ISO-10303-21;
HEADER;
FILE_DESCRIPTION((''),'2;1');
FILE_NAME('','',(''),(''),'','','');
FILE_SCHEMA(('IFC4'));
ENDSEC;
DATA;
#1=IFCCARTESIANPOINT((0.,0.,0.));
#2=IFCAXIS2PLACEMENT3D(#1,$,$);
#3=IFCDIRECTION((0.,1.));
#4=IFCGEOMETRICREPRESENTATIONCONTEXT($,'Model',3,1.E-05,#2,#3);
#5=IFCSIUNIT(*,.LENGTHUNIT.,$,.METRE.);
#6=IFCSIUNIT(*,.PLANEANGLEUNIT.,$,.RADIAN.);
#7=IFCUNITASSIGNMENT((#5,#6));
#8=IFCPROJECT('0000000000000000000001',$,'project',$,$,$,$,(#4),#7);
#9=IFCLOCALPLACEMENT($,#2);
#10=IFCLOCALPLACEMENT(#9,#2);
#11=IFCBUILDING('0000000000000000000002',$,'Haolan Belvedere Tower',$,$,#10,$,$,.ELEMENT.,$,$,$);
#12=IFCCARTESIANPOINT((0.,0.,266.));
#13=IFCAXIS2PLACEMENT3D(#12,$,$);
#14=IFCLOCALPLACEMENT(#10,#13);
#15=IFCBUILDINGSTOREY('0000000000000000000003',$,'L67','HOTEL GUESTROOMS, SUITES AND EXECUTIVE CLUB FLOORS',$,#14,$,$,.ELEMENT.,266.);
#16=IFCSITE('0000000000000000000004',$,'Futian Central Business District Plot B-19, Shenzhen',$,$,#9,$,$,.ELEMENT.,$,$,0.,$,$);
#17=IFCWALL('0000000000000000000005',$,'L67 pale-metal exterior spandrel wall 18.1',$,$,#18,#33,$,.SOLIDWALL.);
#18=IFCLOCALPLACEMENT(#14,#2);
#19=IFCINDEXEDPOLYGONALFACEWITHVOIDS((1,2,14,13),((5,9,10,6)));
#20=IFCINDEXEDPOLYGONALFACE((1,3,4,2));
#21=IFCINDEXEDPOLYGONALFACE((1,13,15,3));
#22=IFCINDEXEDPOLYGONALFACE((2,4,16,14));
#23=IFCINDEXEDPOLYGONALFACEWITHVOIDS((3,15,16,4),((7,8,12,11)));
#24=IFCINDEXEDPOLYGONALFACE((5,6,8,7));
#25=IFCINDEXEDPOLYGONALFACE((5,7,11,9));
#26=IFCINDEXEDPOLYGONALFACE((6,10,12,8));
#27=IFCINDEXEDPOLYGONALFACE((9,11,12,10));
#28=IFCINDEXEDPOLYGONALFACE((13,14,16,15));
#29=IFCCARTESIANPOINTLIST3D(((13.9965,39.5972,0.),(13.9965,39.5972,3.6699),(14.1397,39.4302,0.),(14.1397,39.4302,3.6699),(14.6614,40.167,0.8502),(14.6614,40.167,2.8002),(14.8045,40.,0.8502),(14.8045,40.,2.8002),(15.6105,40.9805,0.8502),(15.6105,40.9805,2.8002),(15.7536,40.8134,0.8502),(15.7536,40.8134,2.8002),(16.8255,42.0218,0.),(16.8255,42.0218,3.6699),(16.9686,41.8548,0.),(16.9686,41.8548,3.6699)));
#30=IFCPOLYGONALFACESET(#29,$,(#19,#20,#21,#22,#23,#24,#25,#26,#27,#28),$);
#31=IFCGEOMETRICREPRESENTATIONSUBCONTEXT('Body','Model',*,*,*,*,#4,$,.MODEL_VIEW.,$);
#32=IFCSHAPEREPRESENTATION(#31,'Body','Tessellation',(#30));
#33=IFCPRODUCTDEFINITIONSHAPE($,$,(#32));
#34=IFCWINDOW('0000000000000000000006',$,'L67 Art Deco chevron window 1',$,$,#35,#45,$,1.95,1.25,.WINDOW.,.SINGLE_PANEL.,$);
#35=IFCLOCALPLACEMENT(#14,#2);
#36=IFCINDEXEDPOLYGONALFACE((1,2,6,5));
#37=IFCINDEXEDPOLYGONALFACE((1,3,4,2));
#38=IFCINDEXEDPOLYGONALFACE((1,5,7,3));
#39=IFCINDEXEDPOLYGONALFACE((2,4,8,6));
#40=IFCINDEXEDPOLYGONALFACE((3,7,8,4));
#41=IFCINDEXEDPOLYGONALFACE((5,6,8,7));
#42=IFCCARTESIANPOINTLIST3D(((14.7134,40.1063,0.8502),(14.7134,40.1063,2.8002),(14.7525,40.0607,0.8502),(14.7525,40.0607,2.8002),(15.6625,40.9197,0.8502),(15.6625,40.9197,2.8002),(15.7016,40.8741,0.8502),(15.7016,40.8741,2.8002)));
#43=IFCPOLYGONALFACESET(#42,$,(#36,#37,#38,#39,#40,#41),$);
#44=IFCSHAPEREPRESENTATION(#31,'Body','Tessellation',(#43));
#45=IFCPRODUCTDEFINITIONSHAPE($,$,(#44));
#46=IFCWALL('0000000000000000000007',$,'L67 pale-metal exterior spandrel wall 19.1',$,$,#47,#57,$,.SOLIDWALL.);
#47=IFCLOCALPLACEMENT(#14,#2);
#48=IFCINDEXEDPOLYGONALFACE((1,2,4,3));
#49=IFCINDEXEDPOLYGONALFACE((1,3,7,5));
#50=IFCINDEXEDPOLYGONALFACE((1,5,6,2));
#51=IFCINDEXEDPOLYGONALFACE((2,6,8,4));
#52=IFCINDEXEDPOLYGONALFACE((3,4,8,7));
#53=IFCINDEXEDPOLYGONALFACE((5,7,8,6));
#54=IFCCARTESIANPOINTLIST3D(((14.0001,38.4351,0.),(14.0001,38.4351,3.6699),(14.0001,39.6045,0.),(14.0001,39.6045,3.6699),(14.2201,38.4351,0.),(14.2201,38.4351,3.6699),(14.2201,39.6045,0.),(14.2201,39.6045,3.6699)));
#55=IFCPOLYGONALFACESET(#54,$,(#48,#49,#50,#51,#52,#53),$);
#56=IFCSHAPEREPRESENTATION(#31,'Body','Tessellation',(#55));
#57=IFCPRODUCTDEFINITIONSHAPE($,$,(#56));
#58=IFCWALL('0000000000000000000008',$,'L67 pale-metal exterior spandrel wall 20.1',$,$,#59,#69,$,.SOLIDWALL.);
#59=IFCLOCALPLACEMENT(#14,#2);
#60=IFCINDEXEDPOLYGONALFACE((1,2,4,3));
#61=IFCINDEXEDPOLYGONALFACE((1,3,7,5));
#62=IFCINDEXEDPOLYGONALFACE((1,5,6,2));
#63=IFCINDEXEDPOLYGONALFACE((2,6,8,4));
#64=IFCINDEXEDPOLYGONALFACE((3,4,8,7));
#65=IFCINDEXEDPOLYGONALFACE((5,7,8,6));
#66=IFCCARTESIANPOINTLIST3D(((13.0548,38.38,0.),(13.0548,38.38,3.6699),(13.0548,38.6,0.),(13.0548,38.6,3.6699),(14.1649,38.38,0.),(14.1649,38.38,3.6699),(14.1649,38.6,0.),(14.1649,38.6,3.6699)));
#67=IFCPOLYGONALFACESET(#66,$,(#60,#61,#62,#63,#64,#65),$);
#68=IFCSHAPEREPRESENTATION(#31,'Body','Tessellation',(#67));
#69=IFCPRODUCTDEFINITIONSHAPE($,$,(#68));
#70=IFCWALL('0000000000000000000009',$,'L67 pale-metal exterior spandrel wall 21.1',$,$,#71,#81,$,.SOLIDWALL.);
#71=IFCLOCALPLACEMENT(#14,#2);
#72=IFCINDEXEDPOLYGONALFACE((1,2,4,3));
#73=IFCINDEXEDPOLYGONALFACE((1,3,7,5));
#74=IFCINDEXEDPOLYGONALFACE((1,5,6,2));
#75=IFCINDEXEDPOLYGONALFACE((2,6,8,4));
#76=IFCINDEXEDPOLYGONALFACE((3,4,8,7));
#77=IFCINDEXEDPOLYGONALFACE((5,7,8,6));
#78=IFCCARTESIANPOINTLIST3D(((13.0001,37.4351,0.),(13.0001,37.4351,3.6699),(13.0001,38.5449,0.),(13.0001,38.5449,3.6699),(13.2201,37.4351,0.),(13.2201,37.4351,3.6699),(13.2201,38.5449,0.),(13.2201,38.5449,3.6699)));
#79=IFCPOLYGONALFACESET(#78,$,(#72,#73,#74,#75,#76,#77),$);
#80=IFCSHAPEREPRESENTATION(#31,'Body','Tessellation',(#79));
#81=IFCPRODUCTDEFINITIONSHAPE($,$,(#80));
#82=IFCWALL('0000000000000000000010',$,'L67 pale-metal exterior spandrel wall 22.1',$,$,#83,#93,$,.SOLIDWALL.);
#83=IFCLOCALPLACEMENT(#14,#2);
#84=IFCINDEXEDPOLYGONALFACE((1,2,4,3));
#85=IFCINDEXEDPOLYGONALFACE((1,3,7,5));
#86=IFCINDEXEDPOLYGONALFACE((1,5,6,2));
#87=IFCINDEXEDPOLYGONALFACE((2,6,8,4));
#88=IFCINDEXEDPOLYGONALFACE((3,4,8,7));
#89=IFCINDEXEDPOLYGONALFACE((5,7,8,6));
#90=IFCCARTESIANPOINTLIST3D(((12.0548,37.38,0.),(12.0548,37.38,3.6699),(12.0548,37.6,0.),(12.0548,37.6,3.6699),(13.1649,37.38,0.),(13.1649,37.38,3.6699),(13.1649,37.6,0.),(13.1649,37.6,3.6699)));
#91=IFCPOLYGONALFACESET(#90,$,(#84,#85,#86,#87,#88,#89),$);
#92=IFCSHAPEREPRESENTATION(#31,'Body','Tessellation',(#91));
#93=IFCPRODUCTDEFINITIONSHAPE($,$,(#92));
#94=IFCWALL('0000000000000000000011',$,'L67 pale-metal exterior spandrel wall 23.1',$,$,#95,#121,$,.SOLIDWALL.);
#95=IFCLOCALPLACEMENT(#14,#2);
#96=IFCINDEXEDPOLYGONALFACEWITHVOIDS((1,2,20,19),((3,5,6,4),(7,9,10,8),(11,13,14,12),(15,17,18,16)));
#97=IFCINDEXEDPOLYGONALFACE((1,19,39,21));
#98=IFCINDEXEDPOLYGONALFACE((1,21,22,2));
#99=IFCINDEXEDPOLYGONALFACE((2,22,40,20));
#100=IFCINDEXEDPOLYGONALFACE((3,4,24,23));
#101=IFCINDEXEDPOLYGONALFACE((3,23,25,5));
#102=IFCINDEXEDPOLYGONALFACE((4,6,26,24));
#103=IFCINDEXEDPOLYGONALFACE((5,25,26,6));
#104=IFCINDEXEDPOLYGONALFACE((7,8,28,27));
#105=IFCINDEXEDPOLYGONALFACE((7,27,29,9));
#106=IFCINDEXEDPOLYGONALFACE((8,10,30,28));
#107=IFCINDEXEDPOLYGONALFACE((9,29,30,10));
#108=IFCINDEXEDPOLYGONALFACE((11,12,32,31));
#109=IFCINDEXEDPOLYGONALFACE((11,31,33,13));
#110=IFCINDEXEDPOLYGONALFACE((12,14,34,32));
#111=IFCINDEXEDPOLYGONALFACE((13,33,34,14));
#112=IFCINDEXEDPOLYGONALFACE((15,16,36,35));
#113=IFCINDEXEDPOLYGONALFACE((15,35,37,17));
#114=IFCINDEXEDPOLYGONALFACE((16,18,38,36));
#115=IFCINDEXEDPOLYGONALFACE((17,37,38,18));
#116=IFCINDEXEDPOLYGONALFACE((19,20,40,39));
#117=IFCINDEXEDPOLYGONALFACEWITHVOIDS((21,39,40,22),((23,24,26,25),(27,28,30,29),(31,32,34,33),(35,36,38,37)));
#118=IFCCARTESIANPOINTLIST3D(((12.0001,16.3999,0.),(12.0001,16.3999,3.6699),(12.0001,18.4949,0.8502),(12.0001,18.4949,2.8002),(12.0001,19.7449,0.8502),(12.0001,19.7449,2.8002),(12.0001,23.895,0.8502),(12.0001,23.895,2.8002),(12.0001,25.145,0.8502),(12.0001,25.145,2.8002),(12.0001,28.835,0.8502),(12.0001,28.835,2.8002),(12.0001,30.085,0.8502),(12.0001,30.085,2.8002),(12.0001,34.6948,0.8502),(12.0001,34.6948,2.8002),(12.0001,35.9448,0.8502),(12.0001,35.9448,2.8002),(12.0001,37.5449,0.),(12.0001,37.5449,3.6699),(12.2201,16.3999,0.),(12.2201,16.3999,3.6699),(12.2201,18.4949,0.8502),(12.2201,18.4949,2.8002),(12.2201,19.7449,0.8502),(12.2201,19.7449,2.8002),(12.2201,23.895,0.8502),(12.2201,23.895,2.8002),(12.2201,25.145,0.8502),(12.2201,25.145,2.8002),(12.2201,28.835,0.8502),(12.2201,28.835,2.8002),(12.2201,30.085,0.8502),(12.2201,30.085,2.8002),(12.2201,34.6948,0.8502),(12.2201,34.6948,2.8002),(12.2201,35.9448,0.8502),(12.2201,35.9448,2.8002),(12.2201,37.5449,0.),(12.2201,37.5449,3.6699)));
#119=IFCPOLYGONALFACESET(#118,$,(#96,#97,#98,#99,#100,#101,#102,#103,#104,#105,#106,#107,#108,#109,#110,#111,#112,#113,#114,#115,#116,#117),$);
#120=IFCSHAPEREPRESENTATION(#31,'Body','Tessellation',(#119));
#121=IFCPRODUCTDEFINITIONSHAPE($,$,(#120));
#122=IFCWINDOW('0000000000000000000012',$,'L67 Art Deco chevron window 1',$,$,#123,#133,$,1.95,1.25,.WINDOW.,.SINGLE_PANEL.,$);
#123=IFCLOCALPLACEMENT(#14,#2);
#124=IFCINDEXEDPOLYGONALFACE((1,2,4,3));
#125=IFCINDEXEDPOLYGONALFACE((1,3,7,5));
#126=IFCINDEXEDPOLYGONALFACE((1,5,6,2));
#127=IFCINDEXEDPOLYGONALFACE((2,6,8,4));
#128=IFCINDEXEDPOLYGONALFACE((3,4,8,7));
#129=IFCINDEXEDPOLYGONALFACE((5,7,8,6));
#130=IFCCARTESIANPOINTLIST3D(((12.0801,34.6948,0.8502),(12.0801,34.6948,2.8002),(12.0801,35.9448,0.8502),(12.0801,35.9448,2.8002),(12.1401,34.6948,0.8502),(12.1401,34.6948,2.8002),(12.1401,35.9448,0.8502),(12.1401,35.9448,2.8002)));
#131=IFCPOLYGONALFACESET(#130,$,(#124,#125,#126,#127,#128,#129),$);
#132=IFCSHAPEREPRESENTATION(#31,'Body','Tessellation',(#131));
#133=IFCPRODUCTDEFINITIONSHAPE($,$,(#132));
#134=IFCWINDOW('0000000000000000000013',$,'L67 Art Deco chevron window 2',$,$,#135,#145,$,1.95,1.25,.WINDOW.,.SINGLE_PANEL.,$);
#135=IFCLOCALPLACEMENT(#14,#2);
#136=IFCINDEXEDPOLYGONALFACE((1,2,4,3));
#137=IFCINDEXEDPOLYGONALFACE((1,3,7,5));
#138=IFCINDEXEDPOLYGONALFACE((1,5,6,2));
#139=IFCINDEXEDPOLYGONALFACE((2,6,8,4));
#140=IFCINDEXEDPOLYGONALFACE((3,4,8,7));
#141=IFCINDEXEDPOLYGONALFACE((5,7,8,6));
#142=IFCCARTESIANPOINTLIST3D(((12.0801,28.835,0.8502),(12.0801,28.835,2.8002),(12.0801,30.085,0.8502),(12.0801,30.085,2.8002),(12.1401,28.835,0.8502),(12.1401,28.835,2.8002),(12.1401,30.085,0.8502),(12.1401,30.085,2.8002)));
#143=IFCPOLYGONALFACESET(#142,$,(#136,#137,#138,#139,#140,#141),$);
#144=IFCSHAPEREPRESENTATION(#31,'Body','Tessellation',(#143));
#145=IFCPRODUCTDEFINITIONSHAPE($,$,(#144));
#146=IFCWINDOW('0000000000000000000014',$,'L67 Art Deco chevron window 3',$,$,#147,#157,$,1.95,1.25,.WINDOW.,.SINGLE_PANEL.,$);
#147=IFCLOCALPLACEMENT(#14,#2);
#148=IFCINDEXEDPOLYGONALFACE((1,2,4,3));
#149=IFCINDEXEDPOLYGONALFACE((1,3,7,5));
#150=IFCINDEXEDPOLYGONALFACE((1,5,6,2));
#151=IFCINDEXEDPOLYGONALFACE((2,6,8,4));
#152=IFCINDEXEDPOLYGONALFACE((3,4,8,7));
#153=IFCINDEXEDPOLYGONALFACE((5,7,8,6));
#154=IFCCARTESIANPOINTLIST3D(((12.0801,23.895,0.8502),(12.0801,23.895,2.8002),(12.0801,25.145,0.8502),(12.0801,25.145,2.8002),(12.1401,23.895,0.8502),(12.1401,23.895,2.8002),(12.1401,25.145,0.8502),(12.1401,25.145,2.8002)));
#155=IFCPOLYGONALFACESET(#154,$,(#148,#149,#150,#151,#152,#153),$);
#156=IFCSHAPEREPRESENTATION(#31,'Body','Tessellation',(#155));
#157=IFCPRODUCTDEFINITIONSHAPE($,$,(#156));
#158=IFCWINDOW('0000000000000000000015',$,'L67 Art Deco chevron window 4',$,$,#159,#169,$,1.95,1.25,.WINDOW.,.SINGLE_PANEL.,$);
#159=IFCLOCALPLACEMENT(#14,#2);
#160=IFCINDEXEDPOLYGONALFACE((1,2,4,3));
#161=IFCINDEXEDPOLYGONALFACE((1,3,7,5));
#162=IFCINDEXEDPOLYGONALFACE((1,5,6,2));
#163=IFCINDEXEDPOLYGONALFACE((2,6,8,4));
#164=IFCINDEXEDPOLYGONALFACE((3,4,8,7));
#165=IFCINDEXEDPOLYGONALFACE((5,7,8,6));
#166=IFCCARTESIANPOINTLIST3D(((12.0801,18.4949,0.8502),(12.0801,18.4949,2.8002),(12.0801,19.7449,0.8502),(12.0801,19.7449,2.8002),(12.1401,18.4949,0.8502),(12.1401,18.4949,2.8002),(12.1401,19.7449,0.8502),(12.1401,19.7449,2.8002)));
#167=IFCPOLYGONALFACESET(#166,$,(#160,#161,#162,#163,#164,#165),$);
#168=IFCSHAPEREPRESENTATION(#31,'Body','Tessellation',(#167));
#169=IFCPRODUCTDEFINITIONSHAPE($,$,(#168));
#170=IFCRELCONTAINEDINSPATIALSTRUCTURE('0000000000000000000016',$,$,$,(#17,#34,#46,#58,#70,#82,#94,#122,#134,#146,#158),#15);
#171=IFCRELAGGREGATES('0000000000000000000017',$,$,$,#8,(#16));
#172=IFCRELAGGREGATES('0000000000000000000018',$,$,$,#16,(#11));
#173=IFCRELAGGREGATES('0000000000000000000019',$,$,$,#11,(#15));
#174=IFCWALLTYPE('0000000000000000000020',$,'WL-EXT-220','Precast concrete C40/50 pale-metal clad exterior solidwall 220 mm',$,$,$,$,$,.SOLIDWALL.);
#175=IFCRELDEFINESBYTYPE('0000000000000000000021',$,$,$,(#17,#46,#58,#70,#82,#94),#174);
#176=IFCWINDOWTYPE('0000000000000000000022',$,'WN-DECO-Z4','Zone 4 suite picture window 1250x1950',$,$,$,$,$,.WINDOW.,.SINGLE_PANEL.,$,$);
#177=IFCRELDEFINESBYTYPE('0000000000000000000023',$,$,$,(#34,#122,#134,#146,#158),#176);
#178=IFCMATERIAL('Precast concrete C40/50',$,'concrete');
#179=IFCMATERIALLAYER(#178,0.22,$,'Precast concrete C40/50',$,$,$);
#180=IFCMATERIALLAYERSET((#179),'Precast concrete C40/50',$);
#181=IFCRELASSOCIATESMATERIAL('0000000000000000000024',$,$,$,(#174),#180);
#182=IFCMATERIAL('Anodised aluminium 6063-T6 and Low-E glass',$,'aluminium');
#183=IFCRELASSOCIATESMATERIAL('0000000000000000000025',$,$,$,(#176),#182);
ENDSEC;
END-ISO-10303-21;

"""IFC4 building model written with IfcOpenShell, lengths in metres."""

from ifc_helpers import new_model, si_unit, direction, frame, frame_2d, origin, place, context, subcontext, project, spatial, rectangle, extrude, material, layer, layer_set, type_object, element, fill, save


model = new_model("IFC4")

# Units and contexts
model_context = context("Model", 3, precision=1e-05, world=origin(), true_north=direction((0.0, 1.0)))
body_context = subcontext(model_context, "Body", "Model", "MODEL_VIEW")
ifc_project = project(units=[si_unit("LENGTHUNIT", "METRE"), si_unit("PLANEANGLEUNIT", "RADIAN")], contexts=[model_context])

# Site, building, storey
site_placement = place(None, origin())
site = spatial("IfcSite", under=ifc_project, at=site_placement, Name="Futian Central Business District Plot B-19, Shenzhen", CompositionType="ELEMENT", RefElevation=0.0)
building_placement = place(site_placement, origin())
building = spatial("IfcBuilding", under=site, at=building_placement, Name="Haolan Belvedere Tower", CompositionType="ELEMENT")
storey_placement = place(building_placement, frame((0.0, 0.0, 266.0)))
storey = spatial("IfcBuildingStorey", under=building, at=storey_placement, Name="L67", Description="HOTEL GUESTROOMS, SUITES AND EXECUTIVE CLUB FLOORS", CompositionType="ELEMENT", Elevation=266.0)

# Shared definitions
ifc_material_1 = material(Name="Precast concrete C40/50", Category="concrete")
ifc_layer_1 = layer(ifc_material_1, 0.22, Name="Precast concrete C40/50")
ifc_layer_set_1 = layer_set([ifc_layer_1], Name="Precast concrete C40/50")
wall_type_1 = type_object("IfcWallType", Name="WL-EXT-220", Description="Precast concrete C40/50 pale-metal clad exterior solidwall 220 mm", PredefinedType="SOLIDWALL", material=ifc_layer_set_1)

# Wall, opening, window
wall_1_placement = place(storey_placement, frame((16.897, 41.9382, 0.0), z_axis=(0.0, 0.0, 1.0), x_axis=(-0.75928, -0.650764, 0.0)))
wall_1 = element("IfcWall", 1, at=wall_1_placement, inside=storey, type_object=wall_type_1, Name="L67 pale-metal exterior spandrel wall 18.1", PredefinedType="SOLIDWALL", context=body_context, shape_type="SweptSolid", body=[
    extrude(rectangle(XDim=3.7258, YDim=0.22, at=frame_2d((1.8628, 0.0))), origin(), (0.0, 0.0, 1.0), 3.6699),
])
opening_1_placement = place(wall_1_placement, frame((1.6001, 0.0, 0.8501)))
opening_1 = element("IfcOpeningElement", 2, at=opening_1_placement, cuts=wall_1, PredefinedType="OPENING", context=body_context, shape_type="SweptSolid", body=[
    extrude(rectangle(XDim=1.25, YDim=1.95, at=frame_2d((0.625, 0.9751))), frame((0.0, 0.1199, 0.0), z_axis=(0.0, -1.0, 0.0), x_axis=(1.0, 0.0, 0.0)), (0.0, 0.0, 1.0), 0.24),
])
ifc_material_2 = material(Name="Anodised aluminium 6063-T6 and Low-E glass", Category="aluminium")
window_type = type_object("IfcWindowType", Name="WN-DECO-Z4", Description="Zone 4 suite picture window 1250x1950", PartitioningType="SINGLE_PANEL", PredefinedType="WINDOW", material=ifc_material_2)
window_1_placement = place(opening_1_placement, origin())
window_1 = element("IfcWindow", 3, at=window_1_placement, inside=storey, type_object=window_type, Name="L67 Art Deco chevron window 1", OverallHeight=1.95, OverallWidth=1.25, PartitioningType="SINGLE_PANEL", PredefinedType="WINDOW", context=body_context, shape_type="SweptSolid", body=[
    extrude(rectangle(XDim=1.25, YDim=1.95, at=frame_2d((0.625, 0.9751))), frame((0.0, 0.03, 0.0), z_axis=(0.0, -1.0, 0.0), x_axis=(1.0, 0.0, 0.0)), (0.0, 0.0, 1.0), 0.0601),
])
fill(opening_1, window_1)

# Walls
wall_2_placement = place(storey_placement, frame((14.1101, 39.6045, 0.0), z_axis=(0.0, 0.0, 1.0), x_axis=(0.0, -1.0, 0.0)))
element("IfcWall", 4, at=wall_2_placement, inside=storey, type_object=wall_type_1, Name="L67 pale-metal exterior spandrel wall 19.1", PredefinedType="SOLIDWALL", context=body_context, shape_type="SweptSolid", body=[
    extrude(rectangle(XDim=1.1694, YDim=0.22, at=frame_2d((0.5847, 0.0))), origin(), (0.0, 0.0, 1.0), 3.6699),
])
wall_3_placement = place(storey_placement, frame((14.165, 38.49, 0.0), z_axis=(0.0, 0.0, 1.0), x_axis=(-1.0, 0.0, 0.0)))
element("IfcWall", 5, at=wall_3_placement, inside=storey, type_object=wall_type_1, Name="L67 pale-metal exterior spandrel wall 20.1", PredefinedType="SOLIDWALL", context=body_context, shape_type="SweptSolid", body=[
    extrude(rectangle(XDim=1.1101, YDim=0.22, at=frame_2d((0.5552, 0.0))), origin(), (0.0, 0.0, 1.0), 3.6699),
])
wall_4_placement = place(storey_placement, frame((13.1101, 38.5449, 0.0), z_axis=(0.0, 0.0, 1.0), x_axis=(0.0, -1.0, 0.0)))
element("IfcWall", 6, at=wall_4_placement, inside=storey, type_object=wall_type_1, Name="L67 pale-metal exterior spandrel wall 21.1", PredefinedType="SOLIDWALL", context=body_context, shape_type="SweptSolid", body=[
    extrude(rectangle(XDim=1.1099, YDim=0.22, at=frame_2d((0.5549, 0.0))), origin(), (0.0, 0.0, 1.0), 3.6699),
])
wall_5_placement = place(storey_placement, frame((13.165, 37.49, 0.0), z_axis=(0.0, 0.0, 1.0), x_axis=(-1.0, 0.0, 0.0)))
element("IfcWall", 7, at=wall_5_placement, inside=storey, type_object=wall_type_1, Name="L67 pale-metal exterior spandrel wall 22.1", PredefinedType="SOLIDWALL", context=body_context, shape_type="SweptSolid", body=[
    extrude(rectangle(XDim=1.1101, YDim=0.22, at=frame_2d((0.5552, 0.0))), origin(), (0.0, 0.0, 1.0), 3.6699),
])

# Wall, openings, windows
wall_6_placement = place(storey_placement, frame((12.1101, 37.5449, 0.0), z_axis=(0.0, 0.0, 1.0), x_axis=(0.0, -1.0, 0.0)))
wall_6 = element("IfcWall", 8, at=wall_6_placement, inside=storey, type_object=wall_type_1, Name="L67 pale-metal exterior spandrel wall 23.1", PredefinedType="SOLIDWALL", context=body_context, shape_type="SweptSolid", body=[
    extrude(rectangle(XDim=21.145, YDim=0.22, at=frame_2d((10.5725, 0.0))), origin(), (0.0, 0.0, 1.0), 3.6699),
])
opening_2_placement = place(wall_6_placement, frame((1.6001, 0.0, 0.8501)))
opening_2 = element("IfcOpeningElement", 9, at=opening_2_placement, cuts=wall_6, PredefinedType="OPENING", context=body_context, shape_type="SweptSolid", body=[
    extrude(rectangle(XDim=1.25, YDim=1.95, at=frame_2d((0.625, 0.9751))), frame((0.0, 0.1199, 0.0), z_axis=(0.0, -1.0, 0.0), x_axis=(1.0, 0.0, 0.0)), (0.0, 0.0, 1.0), 0.24),
])
opening_3_placement = place(wall_6_placement, frame((7.46, 0.0, 0.8501)))
opening_3 = element("IfcOpeningElement", 10, at=opening_3_placement, cuts=wall_6, PredefinedType="OPENING", context=body_context, shape_type="SweptSolid", body=[
    extrude(rectangle(XDim=1.25, YDim=1.95, at=frame_2d((0.625, 0.9751))), frame((0.0, 0.1199, 0.0), z_axis=(0.0, -1.0, 0.0), x_axis=(1.0, 0.0, 0.0)), (0.0, 0.0, 1.0), 0.24),
])
opening_4_placement = place(wall_6_placement, frame((12.3999, 0.0, 0.8501)))
opening_4 = element("IfcOpeningElement", 11, at=opening_4_placement, cuts=wall_6, PredefinedType="OPENING", context=body_context, shape_type="SweptSolid", body=[
    extrude(rectangle(XDim=1.25, YDim=1.95, at=frame_2d((0.625, 0.9751))), frame((0.0, 0.1199, 0.0), z_axis=(0.0, -1.0, 0.0), x_axis=(1.0, 0.0, 0.0)), (0.0, 0.0, 1.0), 0.24),
])
opening_5_placement = place(wall_6_placement, frame((17.8, 0.0, 0.8501)))
opening_5 = element("IfcOpeningElement", 12, at=opening_5_placement, cuts=wall_6, PredefinedType="OPENING", context=body_context, shape_type="SweptSolid", body=[
    extrude(rectangle(XDim=1.25, YDim=1.95, at=frame_2d((0.625, 0.9751))), frame((0.0, 0.1199, 0.0), z_axis=(0.0, -1.0, 0.0), x_axis=(1.0, 0.0, 0.0)), (0.0, 0.0, 1.0), 0.24),
])
window_2_placement = place(opening_2_placement, origin())
window_2 = element("IfcWindow", 13, at=window_2_placement, inside=storey, type_object=window_type, Name="L67 Art Deco chevron window 1", OverallHeight=1.95, OverallWidth=1.25, PartitioningType="SINGLE_PANEL", PredefinedType="WINDOW", context=body_context, shape_type="SweptSolid", body=[
    extrude(rectangle(XDim=1.25, YDim=1.95, at=frame_2d((0.625, 0.9751))), frame((0.0, 0.03, 0.0), z_axis=(0.0, -1.0, 0.0), x_axis=(1.0, 0.0, 0.0)), (0.0, 0.0, 1.0), 0.0601),
])
fill(opening_2, window_2)
window_3_placement = place(opening_3_placement, origin())
window_3 = element("IfcWindow", 14, at=window_3_placement, inside=storey, type_object=window_type, Name="L67 Art Deco chevron window 2", OverallHeight=1.95, OverallWidth=1.25, PartitioningType="SINGLE_PANEL", PredefinedType="WINDOW", context=body_context, shape_type="SweptSolid", body=[
    extrude(rectangle(XDim=1.25, YDim=1.95, at=frame_2d((0.625, 0.9751))), frame((0.0, 0.03, 0.0), z_axis=(0.0, -1.0, 0.0), x_axis=(1.0, 0.0, 0.0)), (0.0, 0.0, 1.0), 0.0601),
])
fill(opening_3, window_3)
window_4_placement = place(opening_4_placement, origin())
window_4 = element("IfcWindow", 15, at=window_4_placement, inside=storey, type_object=window_type, Name="L67 Art Deco chevron window 3", OverallHeight=1.95, OverallWidth=1.25, PartitioningType="SINGLE_PANEL", PredefinedType="WINDOW", context=body_context, shape_type="SweptSolid", body=[
    extrude(rectangle(XDim=1.25, YDim=1.95, at=frame_2d((0.625, 0.9751))), frame((0.0, 0.03, 0.0), z_axis=(0.0, -1.0, 0.0), x_axis=(1.0, 0.0, 0.0)), (0.0, 0.0, 1.0), 0.0601),
])
fill(opening_4, window_4)
window_5_placement = place(opening_5_placement, origin())
window_5 = element("IfcWindow", 16, at=window_5_placement, inside=storey, type_object=window_type, Name="L67 Art Deco chevron window 4", OverallHeight=1.95, OverallWidth=1.25, PartitioningType="SINGLE_PANEL", PredefinedType="WINDOW", context=body_context, shape_type="SweptSolid", body=[
    extrude(rectangle(XDim=1.25, YDim=1.95, at=frame_2d((0.625, 0.9751))), frame((0.0, 0.03, 0.0), z_axis=(0.0, -1.0, 0.0), x_axis=(1.0, 0.0, 0.0)), (0.0, 0.0, 1.0), 0.0601),
])
fill(opening_5, window_5)

save(model, "model.ifc")
